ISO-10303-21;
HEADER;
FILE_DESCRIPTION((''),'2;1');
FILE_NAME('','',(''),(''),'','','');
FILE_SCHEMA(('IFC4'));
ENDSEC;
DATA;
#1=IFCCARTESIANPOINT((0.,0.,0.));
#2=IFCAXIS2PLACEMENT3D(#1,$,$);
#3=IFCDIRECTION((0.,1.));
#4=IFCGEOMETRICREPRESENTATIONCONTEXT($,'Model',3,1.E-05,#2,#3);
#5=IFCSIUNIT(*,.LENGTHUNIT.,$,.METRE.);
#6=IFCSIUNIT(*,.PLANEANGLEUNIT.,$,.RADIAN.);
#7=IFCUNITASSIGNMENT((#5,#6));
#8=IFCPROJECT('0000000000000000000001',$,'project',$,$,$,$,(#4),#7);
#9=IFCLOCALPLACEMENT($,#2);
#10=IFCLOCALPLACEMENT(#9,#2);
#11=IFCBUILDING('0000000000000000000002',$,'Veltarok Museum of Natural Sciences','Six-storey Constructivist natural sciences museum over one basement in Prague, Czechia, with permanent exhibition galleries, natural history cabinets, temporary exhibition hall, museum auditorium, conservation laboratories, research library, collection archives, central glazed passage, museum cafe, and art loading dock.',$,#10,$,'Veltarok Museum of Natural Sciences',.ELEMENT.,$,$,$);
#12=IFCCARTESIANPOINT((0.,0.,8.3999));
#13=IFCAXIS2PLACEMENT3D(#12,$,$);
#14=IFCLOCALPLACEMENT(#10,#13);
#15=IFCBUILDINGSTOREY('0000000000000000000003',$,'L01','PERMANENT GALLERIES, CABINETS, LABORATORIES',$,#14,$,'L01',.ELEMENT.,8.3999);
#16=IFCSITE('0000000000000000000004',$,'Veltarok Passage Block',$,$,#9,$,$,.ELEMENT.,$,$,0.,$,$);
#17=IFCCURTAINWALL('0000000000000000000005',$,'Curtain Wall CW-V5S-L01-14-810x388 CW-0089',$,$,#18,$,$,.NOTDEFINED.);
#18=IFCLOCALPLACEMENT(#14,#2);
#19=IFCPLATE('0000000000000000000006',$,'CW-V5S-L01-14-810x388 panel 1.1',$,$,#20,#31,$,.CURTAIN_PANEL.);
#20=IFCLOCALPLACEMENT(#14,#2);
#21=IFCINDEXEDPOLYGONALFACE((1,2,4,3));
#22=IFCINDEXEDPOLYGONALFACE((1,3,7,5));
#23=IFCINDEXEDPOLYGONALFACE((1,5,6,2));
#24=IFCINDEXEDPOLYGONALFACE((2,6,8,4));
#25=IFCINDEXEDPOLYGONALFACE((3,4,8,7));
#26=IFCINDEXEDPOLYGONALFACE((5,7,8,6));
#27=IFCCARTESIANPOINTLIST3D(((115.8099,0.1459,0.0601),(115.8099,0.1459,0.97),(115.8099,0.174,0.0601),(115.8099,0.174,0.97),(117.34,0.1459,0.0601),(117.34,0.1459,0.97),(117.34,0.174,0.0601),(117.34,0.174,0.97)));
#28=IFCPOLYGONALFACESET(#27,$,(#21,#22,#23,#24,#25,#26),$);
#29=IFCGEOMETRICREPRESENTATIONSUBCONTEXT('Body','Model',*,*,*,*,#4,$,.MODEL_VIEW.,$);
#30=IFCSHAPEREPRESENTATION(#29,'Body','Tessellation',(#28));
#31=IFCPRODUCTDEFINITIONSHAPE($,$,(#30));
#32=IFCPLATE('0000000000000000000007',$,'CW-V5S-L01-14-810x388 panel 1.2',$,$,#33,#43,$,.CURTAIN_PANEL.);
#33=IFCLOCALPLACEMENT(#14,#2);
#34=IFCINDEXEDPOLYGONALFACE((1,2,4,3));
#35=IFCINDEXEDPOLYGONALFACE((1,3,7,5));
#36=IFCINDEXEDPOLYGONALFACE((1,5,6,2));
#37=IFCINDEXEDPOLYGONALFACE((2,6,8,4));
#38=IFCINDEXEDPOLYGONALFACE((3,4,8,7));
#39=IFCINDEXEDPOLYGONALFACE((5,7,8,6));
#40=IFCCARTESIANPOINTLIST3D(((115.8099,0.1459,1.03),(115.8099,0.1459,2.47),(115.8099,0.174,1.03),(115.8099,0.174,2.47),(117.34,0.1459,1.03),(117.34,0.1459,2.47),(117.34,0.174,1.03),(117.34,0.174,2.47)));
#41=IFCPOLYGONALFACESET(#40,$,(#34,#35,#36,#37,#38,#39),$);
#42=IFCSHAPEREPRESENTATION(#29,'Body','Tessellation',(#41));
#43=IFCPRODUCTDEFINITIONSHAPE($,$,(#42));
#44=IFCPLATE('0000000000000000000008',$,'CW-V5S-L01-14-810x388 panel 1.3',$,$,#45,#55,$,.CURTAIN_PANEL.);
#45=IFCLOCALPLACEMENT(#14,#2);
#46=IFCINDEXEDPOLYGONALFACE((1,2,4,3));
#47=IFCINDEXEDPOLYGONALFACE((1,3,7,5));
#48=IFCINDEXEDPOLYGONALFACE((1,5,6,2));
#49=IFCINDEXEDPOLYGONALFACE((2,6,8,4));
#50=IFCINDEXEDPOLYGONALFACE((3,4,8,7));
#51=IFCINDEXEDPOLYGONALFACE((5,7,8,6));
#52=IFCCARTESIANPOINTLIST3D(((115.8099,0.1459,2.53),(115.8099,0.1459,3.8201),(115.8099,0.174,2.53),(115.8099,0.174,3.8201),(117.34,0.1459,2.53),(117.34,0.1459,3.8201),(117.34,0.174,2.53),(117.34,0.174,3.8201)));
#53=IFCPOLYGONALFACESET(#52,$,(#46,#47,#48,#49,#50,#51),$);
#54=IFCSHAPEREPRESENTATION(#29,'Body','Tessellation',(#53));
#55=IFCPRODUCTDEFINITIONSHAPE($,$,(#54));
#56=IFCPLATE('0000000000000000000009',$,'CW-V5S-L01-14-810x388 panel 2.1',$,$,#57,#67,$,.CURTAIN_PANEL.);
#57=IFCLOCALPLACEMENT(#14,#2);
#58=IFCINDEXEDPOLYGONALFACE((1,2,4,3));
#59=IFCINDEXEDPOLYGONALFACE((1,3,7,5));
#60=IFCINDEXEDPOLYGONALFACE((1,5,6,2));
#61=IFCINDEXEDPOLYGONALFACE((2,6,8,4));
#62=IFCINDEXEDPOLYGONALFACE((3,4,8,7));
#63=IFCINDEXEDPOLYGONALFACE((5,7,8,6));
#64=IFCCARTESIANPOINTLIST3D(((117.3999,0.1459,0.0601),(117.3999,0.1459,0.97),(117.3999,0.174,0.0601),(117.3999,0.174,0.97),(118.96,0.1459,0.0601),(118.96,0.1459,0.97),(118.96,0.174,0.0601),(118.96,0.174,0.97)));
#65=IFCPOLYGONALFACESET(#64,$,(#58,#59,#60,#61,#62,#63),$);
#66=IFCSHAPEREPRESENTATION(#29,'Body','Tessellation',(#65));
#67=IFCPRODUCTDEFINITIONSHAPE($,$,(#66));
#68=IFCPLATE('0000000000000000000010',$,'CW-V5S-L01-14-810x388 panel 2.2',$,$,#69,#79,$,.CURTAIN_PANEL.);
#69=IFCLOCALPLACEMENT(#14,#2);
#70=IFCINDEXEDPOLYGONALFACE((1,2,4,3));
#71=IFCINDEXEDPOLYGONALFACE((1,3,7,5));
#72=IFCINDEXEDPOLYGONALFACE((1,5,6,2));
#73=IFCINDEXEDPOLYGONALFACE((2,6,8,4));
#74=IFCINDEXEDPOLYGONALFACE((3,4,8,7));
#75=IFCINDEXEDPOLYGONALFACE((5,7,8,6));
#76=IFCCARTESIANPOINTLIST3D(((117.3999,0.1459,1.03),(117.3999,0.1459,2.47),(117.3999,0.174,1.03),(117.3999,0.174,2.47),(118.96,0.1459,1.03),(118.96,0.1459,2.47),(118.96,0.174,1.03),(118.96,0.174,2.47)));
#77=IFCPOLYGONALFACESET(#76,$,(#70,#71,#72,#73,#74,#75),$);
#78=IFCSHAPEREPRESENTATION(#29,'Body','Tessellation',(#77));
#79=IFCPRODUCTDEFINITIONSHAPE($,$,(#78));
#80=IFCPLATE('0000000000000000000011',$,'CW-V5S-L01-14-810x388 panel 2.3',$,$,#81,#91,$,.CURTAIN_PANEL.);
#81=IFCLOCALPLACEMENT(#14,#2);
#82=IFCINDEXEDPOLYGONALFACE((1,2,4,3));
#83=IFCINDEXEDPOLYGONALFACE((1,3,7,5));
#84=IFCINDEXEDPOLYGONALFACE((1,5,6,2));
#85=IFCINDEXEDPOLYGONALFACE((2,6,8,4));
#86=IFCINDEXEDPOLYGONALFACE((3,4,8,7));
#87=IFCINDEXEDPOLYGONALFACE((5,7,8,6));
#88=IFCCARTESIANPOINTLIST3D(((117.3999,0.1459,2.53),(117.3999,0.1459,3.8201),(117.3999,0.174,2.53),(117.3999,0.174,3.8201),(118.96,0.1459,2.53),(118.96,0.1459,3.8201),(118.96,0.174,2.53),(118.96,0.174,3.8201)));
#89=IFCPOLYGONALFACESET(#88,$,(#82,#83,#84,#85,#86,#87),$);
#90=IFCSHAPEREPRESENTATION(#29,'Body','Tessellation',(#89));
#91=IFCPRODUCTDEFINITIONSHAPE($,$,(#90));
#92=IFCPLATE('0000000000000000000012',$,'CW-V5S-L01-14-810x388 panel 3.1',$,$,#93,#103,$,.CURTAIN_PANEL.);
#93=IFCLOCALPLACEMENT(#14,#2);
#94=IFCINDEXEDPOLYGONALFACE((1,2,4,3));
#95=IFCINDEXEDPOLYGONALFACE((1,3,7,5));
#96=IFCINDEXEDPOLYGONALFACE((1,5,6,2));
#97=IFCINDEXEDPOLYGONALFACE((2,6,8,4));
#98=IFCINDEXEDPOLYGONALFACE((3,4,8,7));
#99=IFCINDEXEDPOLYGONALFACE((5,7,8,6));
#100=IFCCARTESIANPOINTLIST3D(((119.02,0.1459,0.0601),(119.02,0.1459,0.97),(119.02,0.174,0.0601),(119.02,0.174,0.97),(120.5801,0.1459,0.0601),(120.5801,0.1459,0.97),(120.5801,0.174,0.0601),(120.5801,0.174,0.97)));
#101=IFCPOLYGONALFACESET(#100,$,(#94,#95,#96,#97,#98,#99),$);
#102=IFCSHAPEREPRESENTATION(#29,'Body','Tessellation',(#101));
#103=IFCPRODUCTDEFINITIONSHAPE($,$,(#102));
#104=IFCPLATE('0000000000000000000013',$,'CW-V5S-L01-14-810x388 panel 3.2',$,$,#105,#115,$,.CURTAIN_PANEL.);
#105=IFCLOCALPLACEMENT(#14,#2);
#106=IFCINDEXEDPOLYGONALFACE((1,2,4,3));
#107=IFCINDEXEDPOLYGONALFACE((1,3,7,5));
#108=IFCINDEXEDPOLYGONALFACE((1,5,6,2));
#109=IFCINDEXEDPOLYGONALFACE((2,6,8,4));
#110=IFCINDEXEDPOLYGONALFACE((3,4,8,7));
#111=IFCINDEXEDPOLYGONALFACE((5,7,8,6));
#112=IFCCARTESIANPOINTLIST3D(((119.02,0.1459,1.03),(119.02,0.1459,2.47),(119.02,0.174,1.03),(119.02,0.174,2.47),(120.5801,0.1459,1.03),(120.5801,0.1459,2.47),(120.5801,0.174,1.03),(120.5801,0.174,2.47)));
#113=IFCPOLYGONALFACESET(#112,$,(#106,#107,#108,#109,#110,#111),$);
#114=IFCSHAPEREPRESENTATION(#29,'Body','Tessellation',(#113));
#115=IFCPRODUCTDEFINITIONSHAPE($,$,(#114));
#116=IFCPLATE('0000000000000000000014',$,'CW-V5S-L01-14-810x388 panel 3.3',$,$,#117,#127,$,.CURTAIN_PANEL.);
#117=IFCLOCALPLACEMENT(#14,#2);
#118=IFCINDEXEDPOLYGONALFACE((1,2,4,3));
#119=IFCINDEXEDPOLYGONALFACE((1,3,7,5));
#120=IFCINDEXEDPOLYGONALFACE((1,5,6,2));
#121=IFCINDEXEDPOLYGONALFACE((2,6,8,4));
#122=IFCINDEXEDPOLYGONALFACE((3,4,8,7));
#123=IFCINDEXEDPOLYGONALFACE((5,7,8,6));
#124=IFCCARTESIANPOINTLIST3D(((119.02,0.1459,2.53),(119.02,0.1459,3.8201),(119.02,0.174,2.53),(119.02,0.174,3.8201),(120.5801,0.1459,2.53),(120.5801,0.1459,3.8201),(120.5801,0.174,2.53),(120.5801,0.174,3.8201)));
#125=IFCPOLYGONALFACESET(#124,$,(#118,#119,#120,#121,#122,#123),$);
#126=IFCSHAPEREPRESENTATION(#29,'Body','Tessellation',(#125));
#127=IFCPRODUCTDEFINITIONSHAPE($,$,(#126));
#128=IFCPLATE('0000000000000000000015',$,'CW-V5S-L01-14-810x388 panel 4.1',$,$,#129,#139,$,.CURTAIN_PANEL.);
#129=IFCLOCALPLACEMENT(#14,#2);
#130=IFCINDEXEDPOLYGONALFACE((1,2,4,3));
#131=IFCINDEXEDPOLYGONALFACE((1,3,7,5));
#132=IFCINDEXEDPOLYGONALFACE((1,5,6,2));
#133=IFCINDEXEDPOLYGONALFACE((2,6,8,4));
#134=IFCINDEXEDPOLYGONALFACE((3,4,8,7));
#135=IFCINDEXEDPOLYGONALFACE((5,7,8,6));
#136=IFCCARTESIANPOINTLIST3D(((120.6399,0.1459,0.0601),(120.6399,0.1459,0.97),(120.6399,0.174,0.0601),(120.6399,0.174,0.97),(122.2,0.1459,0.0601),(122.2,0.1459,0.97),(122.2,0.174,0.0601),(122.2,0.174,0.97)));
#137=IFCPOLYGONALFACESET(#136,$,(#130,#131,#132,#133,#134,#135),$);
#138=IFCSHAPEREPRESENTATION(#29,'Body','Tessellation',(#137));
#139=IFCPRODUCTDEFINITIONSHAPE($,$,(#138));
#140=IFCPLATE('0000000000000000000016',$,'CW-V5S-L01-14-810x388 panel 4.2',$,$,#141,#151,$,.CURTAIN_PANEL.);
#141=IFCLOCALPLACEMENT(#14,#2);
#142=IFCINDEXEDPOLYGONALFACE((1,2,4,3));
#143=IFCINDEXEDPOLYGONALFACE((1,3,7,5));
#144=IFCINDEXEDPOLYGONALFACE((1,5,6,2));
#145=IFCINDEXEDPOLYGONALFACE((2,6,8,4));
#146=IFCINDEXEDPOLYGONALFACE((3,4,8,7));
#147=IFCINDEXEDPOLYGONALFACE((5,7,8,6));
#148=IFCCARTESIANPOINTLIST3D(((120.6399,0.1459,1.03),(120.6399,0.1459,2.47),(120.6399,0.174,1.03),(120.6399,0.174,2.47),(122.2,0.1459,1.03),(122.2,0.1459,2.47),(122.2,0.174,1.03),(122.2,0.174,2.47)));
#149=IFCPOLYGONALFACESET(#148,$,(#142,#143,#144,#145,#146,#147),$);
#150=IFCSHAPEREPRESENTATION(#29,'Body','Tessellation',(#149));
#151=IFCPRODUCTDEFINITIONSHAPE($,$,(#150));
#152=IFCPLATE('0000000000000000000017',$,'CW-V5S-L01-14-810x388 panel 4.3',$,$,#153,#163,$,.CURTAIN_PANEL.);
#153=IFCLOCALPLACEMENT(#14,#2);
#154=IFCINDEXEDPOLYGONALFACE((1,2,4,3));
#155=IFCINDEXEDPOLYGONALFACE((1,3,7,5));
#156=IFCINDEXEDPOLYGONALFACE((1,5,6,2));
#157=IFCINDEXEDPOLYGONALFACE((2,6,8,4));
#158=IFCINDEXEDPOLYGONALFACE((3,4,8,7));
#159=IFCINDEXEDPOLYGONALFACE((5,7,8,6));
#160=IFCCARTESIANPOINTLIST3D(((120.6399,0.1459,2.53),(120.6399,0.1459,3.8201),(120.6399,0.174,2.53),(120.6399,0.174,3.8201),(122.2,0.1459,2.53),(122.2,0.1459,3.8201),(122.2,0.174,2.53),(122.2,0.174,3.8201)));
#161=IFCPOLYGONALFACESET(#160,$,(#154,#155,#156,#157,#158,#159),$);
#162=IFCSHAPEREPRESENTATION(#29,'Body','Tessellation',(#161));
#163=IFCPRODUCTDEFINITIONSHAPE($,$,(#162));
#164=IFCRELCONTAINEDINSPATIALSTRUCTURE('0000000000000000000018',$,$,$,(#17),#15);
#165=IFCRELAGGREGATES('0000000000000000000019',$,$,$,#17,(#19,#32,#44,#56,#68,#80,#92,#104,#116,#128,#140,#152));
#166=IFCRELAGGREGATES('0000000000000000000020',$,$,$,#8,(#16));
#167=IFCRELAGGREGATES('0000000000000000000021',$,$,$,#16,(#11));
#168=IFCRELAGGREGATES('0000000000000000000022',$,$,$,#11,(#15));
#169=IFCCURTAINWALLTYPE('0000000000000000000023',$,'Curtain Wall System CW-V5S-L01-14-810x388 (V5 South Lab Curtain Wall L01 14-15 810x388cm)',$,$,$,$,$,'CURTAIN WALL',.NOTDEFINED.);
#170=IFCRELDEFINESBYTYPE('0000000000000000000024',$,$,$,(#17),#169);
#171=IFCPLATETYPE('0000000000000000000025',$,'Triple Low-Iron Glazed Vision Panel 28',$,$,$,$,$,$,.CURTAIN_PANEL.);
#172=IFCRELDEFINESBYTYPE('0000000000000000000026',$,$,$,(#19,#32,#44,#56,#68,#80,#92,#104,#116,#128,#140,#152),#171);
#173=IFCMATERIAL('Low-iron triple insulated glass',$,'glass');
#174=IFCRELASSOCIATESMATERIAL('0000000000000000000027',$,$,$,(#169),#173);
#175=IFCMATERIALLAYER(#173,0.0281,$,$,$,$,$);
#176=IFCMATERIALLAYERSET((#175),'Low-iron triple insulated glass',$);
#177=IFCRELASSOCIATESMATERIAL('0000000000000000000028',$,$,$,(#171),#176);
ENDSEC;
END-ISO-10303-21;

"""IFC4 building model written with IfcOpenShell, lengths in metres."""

from ifc_helpers import new_model, si_unit, direction, frame, origin, origin_2d, place, context, subcontext, project, spatial, rectangle, extrude, material, layer, layer_set, type_object, element, aggregate, save


model = new_model("IFC4")

# Units and contexts
model_context = context("Model", 3, precision=1e-05, world=origin(), true_north=direction((0.0, 1.0)))
body_context = subcontext(model_context, "Body", "Model", "MODEL_VIEW")
ifc_project = project(units=[si_unit("LENGTHUNIT", "METRE"), si_unit("PLANEANGLEUNIT", "RADIAN")], contexts=[model_context])

# Site, building, storey
site_placement = place(None, origin())
site = spatial("IfcSite", under=ifc_project, at=site_placement, Name="Veltarok Passage Block", CompositionType="ELEMENT", RefElevation=0.0)
building_placement = place(site_placement, origin())
building = spatial("IfcBuilding", under=site, at=building_placement, Name="Veltarok Museum of Natural Sciences", Description="Six-storey Constructivist natural sciences museum over one basement in Prague, Czechia, with permanent exhibition galleries, natural history cabinets, temporary exhibition hall, museum auditorium, conservation laboratories, research library, collection archives, central glazed passage, museum cafe, and art loading dock.", LongName="Veltarok Museum of Natural Sciences", CompositionType="ELEMENT")
storey_placement = place(building_placement, frame((0.0, 0.0, 8.3999)))
storey = spatial("IfcBuildingStorey", under=building, at=storey_placement, Name="L01", Description="PERMANENT GALLERIES, CABINETS, LABORATORIES", LongName="L01", CompositionType="ELEMENT", Elevation=8.3999)

# Curtain wall
ifc_material_1 = material(Name="Low-iron triple insulated glass", Category="glass")
curtain_wall_type = type_object("IfcCurtainWallType", Name="Curtain Wall System CW-V5S-L01-14-810x388 (V5 South Lab Curtain Wall L01 14-15 810x388cm)", ElementType="CURTAIN WALL", PredefinedType="NOTDEFINED", material=ifc_material_1)
curtain_wall_placement = place(storey_placement, origin())
curtain_wall = element("IfcCurtainWall", 1, at=curtain_wall_placement, inside=storey, type_object=curtain_wall_type, Name="Curtain Wall CW-V5S-L01-14-810x388 CW-0089", PredefinedType="NOTDEFINED")

# Plates
ifc_layer = layer(ifc_material_1, 0.0281)
ifc_layer_set = layer_set([ifc_layer], Name="Low-iron triple insulated glass")
plate_type = type_object("IfcPlateType", Name="Triple Low-Iron Glazed Vision Panel 28", PredefinedType="CURTAIN_PANEL", material=ifc_layer_set)
plate_1_placement = place(storey_placement, frame((116.575, 0.1599, 0.0601), z_axis=(0.0, 0.0, 1.0), x_axis=(1.0, 0.0, 0.0)))
plate_1 = element("IfcPlate", 2, at=plate_1_placement, type_object=plate_type, Name="CW-V5S-L01-14-810x388 panel 1.1", PredefinedType="CURTAIN_PANEL", context=body_context, shape_type="SweptSolid", body=[
    extrude(rectangle(XDim=1.53, YDim=0.0281, at=origin_2d()), origin(), (0.0, 0.0, 1.0), 0.9099),
])
plate_2_placement = place(storey_placement, frame((116.575, 0.1599, 1.03), z_axis=(0.0, 0.0, 1.0), x_axis=(1.0, 0.0, 0.0)))
plate_2 = element("IfcPlate", 3, at=plate_2_placement, type_object=plate_type, Name="CW-V5S-L01-14-810x388 panel 1.2", PredefinedType="CURTAIN_PANEL", context=body_context, shape_type="SweptSolid", body=[
    extrude(rectangle(XDim=1.53, YDim=0.0281, at=origin_2d()), origin(), (0.0, 0.0, 1.0), 1.4399),
])
plate_3_placement = place(storey_placement, frame((116.575, 0.1599, 2.53), z_axis=(0.0, 0.0, 1.0), x_axis=(1.0, 0.0, 0.0)))
plate_3 = element("IfcPlate", 4, at=plate_3_placement, type_object=plate_type, Name="CW-V5S-L01-14-810x388 panel 1.3", PredefinedType="CURTAIN_PANEL", context=body_context, shape_type="SweptSolid", body=[
    extrude(rectangle(XDim=1.53, YDim=0.0281, at=origin_2d()), origin(), (0.0, 0.0, 1.0), 1.29),
])
plate_4_placement = place(storey_placement, frame((118.1799, 0.1599, 0.0601), z_axis=(0.0, 0.0, 1.0), x_axis=(1.0, 0.0, 0.0)))
plate_4 = element("IfcPlate", 5, at=plate_4_placement, type_object=plate_type, Name="CW-V5S-L01-14-810x388 panel 2.1", PredefinedType="CURTAIN_PANEL", context=body_context, shape_type="SweptSolid", body=[
    extrude(rectangle(XDim=1.5601, YDim=0.0281, at=origin_2d()), origin(), (0.0, 0.0, 1.0), 0.9099),
])
plate_5_placement = place(storey_placement, frame((118.1799, 0.1599, 1.03), z_axis=(0.0, 0.0, 1.0), x_axis=(1.0, 0.0, 0.0)))
plate_5 = element("IfcPlate", 6, at=plate_5_placement, type_object=plate_type, Name="CW-V5S-L01-14-810x388 panel 2.2", PredefinedType="CURTAIN_PANEL", context=body_context, shape_type="SweptSolid", body=[
    extrude(rectangle(XDim=1.5601, YDim=0.0281, at=origin_2d()), origin(), (0.0, 0.0, 1.0), 1.4399),
])
plate_6_placement = place(storey_placement, frame((118.1799, 0.1599, 2.53), z_axis=(0.0, 0.0, 1.0), x_axis=(1.0, 0.0, 0.0)))
plate_6 = element("IfcPlate", 7, at=plate_6_placement, type_object=plate_type, Name="CW-V5S-L01-14-810x388 panel 2.3", PredefinedType="CURTAIN_PANEL", context=body_context, shape_type="SweptSolid", body=[
    extrude(rectangle(XDim=1.5601, YDim=0.0281, at=origin_2d()), origin(), (0.0, 0.0, 1.0), 1.29),
])
plate_7_placement = place(storey_placement, frame((119.8, 0.1599, 0.0601), z_axis=(0.0, 0.0, 1.0), x_axis=(1.0, 0.0, 0.0)))
plate_7 = element("IfcPlate", 8, at=plate_7_placement, type_object=plate_type, Name="CW-V5S-L01-14-810x388 panel 3.1", PredefinedType="CURTAIN_PANEL", context=body_context, shape_type="SweptSolid", body=[
    extrude(rectangle(XDim=1.5601, YDim=0.0281, at=origin_2d()), origin(), (0.0, 0.0, 1.0), 0.9099),
])
plate_8_placement = place(storey_placement, frame((119.8, 0.1599, 1.03), z_axis=(0.0, 0.0, 1.0), x_axis=(1.0, 0.0, 0.0)))
plate_8 = element("IfcPlate", 9, at=plate_8_placement, type_object=plate_type, Name="CW-V5S-L01-14-810x388 panel 3.2", PredefinedType="CURTAIN_PANEL", context=body_context, shape_type="SweptSolid", body=[
    extrude(rectangle(XDim=1.5601, YDim=0.0281, at=origin_2d()), origin(), (0.0, 0.0, 1.0), 1.4399),
])
plate_9_placement = place(storey_placement, frame((119.8, 0.1599, 2.53), z_axis=(0.0, 0.0, 1.0), x_axis=(1.0, 0.0, 0.0)))
plate_9 = element("IfcPlate", 10, at=plate_9_placement, type_object=plate_type, Name="CW-V5S-L01-14-810x388 panel 3.3", PredefinedType="CURTAIN_PANEL", context=body_context, shape_type="SweptSolid", body=[
    extrude(rectangle(XDim=1.5601, YDim=0.0281, at=origin_2d()), origin(), (0.0, 0.0, 1.0), 1.29),
])
plate_10_placement = place(storey_placement, frame((121.4199, 0.1599, 0.0601), z_axis=(0.0, 0.0, 1.0), x_axis=(1.0, 0.0, 0.0)))
plate_10 = element("IfcPlate", 11, at=plate_10_placement, type_object=plate_type, Name="CW-V5S-L01-14-810x388 panel 4.1", PredefinedType="CURTAIN_PANEL", context=body_context, shape_type="SweptSolid", body=[
    extrude(rectangle(XDim=1.5601, YDim=0.0281, at=origin_2d()), origin(), (0.0, 0.0, 1.0), 0.9099),
])
plate_11_placement = place(storey_placement, frame((121.4199, 0.1599, 1.03), z_axis=(0.0, 0.0, 1.0), x_axis=(1.0, 0.0, 0.0)))
plate_11 = element("IfcPlate", 12, at=plate_11_placement, type_object=plate_type, Name="CW-V5S-L01-14-810x388 panel 4.2", PredefinedType="CURTAIN_PANEL", context=body_context, shape_type="SweptSolid", body=[
    extrude(rectangle(XDim=1.5601, YDim=0.0281, at=origin_2d()), origin(), (0.0, 0.0, 1.0), 1.4399),
])
plate_12_placement = place(storey_placement, frame((121.4199, 0.1599, 2.53), z_axis=(0.0, 0.0, 1.0), x_axis=(1.0, 0.0, 0.0)))
plate_12 = element("IfcPlate", 13, at=plate_12_placement, type_object=plate_type, Name="CW-V5S-L01-14-810x388 panel 4.3", PredefinedType="CURTAIN_PANEL", context=body_context, shape_type="SweptSolid", body=[
    extrude(rectangle(XDim=1.5601, YDim=0.0281, at=origin_2d()), origin(), (0.0, 0.0, 1.0), 1.29),
])
aggregate(curtain_wall, [plate_1, plate_2, plate_3, plate_4, plate_5, plate_6, plate_7, plate_8, plate_9, plate_10, plate_11, plate_12])

save(model, "model.ifc")
